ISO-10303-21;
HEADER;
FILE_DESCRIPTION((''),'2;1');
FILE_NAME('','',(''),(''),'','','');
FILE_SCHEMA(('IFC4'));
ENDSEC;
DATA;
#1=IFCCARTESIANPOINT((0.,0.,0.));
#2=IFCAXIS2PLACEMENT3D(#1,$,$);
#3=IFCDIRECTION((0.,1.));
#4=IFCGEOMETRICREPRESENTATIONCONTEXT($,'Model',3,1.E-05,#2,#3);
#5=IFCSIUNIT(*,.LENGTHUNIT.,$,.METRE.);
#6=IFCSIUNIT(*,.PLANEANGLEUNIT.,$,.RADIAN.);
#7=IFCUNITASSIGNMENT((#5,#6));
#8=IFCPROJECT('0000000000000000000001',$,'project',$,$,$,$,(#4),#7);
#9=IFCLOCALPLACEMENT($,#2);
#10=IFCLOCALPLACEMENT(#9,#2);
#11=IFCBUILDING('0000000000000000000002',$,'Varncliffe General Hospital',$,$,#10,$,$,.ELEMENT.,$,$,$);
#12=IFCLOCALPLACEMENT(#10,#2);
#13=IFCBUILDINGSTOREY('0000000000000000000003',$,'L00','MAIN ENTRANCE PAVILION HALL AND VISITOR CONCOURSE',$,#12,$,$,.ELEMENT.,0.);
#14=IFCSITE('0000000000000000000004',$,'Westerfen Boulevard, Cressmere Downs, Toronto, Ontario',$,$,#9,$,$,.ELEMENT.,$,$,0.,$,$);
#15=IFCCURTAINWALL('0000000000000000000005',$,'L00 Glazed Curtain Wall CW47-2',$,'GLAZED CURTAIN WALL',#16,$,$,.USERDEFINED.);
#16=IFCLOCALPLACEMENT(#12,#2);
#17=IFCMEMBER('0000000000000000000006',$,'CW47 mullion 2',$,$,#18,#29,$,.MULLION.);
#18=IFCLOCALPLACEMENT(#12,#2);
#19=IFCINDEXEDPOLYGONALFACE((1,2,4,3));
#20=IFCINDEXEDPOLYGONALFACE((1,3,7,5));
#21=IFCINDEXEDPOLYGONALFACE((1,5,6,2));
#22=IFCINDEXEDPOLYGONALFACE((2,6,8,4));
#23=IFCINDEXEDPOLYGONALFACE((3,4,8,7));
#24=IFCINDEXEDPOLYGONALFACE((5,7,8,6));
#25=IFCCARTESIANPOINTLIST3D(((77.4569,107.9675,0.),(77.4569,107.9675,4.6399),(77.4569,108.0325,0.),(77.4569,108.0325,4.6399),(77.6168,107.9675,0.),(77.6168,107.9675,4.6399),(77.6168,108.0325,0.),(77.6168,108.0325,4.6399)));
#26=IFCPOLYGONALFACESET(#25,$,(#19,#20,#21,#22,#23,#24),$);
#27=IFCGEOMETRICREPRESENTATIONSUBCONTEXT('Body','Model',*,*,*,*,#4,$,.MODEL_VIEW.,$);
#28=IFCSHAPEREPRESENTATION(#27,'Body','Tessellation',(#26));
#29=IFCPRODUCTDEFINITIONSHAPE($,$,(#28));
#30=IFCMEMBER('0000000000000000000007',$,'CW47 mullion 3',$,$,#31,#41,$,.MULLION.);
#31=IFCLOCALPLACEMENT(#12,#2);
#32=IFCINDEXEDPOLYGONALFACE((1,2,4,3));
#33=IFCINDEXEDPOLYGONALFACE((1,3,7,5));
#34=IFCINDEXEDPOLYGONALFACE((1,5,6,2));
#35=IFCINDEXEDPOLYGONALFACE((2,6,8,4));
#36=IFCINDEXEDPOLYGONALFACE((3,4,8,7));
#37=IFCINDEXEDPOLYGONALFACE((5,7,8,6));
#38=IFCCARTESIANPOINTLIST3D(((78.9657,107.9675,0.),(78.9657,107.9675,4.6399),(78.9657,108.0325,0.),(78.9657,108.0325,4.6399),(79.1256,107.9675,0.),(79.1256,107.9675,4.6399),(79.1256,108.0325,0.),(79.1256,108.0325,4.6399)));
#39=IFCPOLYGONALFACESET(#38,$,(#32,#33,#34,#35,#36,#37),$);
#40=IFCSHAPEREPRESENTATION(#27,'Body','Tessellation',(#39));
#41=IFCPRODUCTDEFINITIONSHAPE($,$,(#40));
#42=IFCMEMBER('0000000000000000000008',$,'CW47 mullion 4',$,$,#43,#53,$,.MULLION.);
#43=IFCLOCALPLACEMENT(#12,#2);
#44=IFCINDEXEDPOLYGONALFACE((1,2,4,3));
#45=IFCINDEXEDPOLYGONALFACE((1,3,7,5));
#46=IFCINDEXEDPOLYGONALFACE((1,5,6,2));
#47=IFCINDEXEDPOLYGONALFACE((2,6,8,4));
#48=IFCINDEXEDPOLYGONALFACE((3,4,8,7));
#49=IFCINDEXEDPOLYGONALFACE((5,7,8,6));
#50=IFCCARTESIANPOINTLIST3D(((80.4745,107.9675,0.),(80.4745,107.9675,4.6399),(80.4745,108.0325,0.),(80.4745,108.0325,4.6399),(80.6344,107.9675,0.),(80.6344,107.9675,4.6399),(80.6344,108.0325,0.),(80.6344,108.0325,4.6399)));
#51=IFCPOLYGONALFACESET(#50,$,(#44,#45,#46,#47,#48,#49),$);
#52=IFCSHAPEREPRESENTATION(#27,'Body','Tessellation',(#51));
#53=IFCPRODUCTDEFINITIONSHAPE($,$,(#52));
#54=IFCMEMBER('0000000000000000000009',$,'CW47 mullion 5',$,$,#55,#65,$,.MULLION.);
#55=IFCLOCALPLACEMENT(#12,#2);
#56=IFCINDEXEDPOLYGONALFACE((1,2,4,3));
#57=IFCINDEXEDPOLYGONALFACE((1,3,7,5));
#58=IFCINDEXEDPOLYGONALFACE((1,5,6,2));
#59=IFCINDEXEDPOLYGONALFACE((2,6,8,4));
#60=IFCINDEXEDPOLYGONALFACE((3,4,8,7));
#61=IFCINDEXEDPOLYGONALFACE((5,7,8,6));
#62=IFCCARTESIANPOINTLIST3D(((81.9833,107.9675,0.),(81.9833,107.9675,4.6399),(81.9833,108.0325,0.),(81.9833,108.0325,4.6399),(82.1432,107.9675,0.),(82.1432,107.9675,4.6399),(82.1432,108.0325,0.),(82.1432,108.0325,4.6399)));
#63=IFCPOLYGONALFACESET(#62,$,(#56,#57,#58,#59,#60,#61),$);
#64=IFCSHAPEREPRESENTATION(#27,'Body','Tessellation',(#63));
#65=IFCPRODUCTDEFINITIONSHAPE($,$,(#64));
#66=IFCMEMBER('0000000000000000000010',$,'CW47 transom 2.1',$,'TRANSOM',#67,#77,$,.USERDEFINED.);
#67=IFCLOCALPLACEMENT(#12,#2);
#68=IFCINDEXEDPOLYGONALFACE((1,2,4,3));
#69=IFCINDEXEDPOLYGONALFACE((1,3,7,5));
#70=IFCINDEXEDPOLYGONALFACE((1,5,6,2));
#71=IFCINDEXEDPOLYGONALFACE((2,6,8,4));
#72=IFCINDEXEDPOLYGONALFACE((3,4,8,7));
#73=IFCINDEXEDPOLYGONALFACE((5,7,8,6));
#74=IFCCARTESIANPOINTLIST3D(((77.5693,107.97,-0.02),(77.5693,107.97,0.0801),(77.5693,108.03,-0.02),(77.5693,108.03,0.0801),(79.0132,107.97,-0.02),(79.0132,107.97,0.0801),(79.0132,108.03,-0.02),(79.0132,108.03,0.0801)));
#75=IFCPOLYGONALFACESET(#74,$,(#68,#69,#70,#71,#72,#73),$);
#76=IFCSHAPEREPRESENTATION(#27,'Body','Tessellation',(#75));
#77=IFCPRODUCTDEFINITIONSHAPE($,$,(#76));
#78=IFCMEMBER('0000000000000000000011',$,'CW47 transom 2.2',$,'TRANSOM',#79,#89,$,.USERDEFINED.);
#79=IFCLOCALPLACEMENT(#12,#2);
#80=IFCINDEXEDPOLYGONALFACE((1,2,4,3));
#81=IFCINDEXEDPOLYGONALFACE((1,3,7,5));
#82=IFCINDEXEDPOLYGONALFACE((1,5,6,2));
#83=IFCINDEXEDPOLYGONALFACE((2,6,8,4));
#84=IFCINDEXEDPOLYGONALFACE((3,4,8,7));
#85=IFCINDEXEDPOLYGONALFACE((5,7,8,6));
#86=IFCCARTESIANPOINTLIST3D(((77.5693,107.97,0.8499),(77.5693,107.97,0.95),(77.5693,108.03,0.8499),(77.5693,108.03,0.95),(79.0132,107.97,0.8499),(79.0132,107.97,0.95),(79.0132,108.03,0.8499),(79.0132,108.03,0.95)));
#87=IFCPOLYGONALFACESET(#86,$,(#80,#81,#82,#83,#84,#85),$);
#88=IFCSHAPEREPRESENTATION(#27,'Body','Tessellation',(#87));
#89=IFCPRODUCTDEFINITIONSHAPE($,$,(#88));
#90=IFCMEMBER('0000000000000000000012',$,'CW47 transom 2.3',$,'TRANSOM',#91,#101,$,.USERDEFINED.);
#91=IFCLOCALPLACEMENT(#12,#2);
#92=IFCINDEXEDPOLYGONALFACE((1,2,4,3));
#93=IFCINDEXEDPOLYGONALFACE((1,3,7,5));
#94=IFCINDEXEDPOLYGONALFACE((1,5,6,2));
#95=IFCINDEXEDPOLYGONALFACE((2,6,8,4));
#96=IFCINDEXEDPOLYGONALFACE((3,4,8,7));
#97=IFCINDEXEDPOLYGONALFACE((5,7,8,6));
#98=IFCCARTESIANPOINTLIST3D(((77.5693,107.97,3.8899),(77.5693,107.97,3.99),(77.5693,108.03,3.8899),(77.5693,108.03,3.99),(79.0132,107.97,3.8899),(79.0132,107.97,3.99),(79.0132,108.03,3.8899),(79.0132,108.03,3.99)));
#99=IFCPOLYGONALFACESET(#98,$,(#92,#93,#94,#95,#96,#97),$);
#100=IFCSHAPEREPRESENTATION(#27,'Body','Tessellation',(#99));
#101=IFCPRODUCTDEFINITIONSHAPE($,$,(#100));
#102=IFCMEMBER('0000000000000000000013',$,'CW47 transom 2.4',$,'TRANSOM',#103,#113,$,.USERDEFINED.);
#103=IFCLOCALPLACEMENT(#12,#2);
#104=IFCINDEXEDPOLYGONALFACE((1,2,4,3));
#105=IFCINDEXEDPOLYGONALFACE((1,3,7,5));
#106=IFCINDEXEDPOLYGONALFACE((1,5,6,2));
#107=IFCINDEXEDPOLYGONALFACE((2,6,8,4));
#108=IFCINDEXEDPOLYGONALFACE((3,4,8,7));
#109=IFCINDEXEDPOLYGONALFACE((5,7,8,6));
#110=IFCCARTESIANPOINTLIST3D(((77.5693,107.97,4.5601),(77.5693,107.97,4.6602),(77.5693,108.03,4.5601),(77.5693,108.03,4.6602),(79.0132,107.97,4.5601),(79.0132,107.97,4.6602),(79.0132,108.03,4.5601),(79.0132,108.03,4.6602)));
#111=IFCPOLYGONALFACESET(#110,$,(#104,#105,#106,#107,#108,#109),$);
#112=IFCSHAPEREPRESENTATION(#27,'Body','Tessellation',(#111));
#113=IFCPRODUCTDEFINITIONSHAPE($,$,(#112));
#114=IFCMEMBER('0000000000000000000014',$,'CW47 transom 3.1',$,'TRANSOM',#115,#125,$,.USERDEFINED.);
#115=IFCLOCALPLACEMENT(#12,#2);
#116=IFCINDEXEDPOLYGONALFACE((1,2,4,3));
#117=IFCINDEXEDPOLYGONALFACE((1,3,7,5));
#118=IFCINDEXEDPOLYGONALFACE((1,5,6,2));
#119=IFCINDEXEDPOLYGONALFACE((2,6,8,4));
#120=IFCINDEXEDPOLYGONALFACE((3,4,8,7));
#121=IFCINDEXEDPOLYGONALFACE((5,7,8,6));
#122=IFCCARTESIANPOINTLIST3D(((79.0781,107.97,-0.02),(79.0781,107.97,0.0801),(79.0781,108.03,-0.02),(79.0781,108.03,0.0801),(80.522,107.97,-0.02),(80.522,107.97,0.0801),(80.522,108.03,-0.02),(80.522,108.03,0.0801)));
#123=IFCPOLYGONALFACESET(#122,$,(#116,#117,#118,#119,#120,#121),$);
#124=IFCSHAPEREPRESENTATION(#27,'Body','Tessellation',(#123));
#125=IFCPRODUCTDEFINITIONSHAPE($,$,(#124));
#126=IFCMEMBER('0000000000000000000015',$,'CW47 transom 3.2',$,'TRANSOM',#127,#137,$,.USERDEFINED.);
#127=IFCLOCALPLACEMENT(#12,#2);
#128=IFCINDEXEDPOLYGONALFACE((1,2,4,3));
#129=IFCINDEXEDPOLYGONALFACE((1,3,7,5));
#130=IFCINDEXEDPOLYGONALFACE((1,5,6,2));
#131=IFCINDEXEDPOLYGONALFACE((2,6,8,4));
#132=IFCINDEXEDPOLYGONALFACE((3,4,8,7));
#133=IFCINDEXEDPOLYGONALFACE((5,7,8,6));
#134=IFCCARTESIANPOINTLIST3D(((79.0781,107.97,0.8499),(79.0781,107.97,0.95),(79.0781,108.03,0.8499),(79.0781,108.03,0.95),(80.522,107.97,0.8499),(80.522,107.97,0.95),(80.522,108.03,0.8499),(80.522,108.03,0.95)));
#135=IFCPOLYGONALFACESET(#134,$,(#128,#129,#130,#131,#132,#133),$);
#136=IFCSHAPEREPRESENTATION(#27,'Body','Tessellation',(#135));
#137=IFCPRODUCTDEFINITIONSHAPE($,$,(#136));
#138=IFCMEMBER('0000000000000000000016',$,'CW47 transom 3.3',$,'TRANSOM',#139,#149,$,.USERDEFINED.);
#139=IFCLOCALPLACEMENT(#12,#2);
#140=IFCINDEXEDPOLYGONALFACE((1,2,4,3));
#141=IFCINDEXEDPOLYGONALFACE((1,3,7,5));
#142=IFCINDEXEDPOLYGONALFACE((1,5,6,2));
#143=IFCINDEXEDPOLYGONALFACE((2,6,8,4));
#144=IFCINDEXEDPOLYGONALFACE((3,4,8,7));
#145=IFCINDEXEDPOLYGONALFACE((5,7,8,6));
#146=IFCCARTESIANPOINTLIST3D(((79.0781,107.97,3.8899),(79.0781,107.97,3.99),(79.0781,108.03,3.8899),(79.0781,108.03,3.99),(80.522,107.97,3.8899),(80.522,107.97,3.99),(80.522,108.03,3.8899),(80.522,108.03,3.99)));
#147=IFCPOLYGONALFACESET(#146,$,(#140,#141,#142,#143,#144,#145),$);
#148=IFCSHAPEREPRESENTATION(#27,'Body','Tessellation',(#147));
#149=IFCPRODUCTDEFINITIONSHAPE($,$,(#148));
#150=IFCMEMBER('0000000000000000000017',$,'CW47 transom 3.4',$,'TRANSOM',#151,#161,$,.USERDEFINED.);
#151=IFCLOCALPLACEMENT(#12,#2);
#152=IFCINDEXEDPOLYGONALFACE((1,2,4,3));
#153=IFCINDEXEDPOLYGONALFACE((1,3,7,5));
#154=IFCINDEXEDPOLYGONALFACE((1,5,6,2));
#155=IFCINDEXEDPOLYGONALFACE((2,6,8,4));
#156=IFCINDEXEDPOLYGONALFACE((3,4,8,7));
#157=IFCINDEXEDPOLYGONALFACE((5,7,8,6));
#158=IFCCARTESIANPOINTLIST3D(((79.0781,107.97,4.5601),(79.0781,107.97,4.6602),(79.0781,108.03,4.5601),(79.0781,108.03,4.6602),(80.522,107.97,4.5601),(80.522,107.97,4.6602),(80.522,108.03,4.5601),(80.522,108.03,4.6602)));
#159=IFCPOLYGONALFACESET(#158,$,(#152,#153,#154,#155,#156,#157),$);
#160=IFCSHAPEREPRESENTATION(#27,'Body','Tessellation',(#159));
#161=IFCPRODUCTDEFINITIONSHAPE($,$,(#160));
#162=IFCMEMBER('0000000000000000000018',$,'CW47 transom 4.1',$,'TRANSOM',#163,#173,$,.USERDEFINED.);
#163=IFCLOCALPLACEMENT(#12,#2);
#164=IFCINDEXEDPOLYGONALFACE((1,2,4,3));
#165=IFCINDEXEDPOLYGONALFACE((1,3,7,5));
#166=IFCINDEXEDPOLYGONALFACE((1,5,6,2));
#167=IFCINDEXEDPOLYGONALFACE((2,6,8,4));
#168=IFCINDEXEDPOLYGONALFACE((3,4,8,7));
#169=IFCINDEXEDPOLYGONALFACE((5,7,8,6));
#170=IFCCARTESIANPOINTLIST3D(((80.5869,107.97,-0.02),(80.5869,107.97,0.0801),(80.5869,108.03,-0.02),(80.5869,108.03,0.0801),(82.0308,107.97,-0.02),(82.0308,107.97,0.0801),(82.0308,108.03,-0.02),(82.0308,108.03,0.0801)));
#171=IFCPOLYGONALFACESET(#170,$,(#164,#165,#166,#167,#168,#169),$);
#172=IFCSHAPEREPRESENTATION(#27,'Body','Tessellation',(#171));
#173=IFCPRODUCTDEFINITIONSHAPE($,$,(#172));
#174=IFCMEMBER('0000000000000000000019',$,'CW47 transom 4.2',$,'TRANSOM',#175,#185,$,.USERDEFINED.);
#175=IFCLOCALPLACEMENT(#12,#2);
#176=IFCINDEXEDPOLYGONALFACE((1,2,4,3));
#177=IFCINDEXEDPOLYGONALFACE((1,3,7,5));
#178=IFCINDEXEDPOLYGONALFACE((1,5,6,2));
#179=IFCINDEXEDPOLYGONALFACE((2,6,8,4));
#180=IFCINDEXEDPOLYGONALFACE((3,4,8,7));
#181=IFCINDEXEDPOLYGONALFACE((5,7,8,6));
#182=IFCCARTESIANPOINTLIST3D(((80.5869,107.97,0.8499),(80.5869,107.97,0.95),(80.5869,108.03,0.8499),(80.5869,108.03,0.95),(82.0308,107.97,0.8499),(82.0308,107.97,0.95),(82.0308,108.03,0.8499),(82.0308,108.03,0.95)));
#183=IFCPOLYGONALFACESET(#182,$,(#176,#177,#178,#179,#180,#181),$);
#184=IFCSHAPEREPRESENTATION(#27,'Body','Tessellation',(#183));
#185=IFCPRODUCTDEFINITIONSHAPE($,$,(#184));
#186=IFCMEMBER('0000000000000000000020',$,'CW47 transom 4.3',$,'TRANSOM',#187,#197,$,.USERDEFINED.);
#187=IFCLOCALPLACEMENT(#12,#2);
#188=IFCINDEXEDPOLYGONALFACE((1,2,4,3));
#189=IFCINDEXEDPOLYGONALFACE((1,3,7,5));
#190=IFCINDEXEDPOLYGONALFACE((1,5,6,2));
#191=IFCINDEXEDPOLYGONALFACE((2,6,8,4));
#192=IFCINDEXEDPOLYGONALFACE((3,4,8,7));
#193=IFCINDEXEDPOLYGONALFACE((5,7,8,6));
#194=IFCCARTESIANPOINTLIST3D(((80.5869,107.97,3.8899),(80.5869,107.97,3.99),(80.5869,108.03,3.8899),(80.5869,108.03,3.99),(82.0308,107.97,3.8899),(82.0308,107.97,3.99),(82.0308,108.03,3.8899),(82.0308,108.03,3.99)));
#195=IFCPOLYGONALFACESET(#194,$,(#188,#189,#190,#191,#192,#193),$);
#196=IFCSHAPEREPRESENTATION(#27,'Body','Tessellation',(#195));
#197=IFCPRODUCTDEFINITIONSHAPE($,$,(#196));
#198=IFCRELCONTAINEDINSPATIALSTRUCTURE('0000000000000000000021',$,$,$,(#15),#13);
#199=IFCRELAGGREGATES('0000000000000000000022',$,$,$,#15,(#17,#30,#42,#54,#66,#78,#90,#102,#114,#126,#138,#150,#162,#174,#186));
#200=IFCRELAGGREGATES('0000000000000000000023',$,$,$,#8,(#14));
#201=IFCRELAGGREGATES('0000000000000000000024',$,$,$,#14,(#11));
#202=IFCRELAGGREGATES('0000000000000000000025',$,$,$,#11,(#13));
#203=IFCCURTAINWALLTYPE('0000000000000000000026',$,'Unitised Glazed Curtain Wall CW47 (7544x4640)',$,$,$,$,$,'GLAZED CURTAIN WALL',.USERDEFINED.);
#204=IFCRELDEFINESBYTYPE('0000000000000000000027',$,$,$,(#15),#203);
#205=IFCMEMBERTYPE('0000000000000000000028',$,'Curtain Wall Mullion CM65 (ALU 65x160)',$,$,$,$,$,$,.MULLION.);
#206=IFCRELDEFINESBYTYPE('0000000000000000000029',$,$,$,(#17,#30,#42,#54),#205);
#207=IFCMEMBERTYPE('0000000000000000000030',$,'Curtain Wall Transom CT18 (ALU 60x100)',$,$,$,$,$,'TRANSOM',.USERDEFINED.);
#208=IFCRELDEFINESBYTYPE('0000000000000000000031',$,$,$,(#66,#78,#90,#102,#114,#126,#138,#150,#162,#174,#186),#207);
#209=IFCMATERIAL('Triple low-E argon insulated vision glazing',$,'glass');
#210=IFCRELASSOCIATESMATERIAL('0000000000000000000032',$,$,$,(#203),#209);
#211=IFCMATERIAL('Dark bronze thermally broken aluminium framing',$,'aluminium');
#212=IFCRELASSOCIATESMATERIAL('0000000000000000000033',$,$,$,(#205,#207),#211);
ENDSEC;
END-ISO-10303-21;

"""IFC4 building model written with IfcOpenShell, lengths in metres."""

from ifc_helpers import new_model, si_unit, direction, frame, origin, origin_2d, place, context, subcontext, project, spatial, rectangle, extrude, material, material_profile, profile_set, type_object, element, aggregate, save


model = new_model("IFC4")

# Units and contexts
model_context = context("Model", 3, precision=1e-05, world=origin(), true_north=direction((0.0, 1.0)))
body_context = subcontext(model_context, "Body", "Model", "MODEL_VIEW")
ifc_project = project(units=[si_unit("LENGTHUNIT", "METRE"), si_unit("PLANEANGLEUNIT", "RADIAN")], contexts=[model_context])

# Site, building, storey
site_placement = place(None, origin())
site = spatial("IfcSite", under=ifc_project, at=site_placement, Name="Westerfen Boulevard, Cressmere Downs, Toronto, Ontario", CompositionType="ELEMENT", RefElevation=0.0)
building_placement = place(site_placement, origin())
building = spatial("IfcBuilding", under=site, at=building_placement, Name="Varncliffe General Hospital", CompositionType="ELEMENT")
storey_placement = place(building_placement, origin())
storey = spatial("IfcBuildingStorey", under=building, at=storey_placement, Name="L00", Description="MAIN ENTRANCE PAVILION HALL AND VISITOR CONCOURSE", CompositionType="ELEMENT", Elevation=0.0)

# Curtain wall, members
ifc_material_1 = material(Name="Triple low-E argon insulated vision glazing", Category="glass")
curtain_wall_type = type_object("IfcCurtainWallType", Name="Unitised Glazed Curtain Wall CW47 (7544x4640)", ElementType="GLAZED CURTAIN WALL", PredefinedType="USERDEFINED", material=ifc_material_1)
curtain_wall_placement = place(storey_placement, origin())
curtain_wall = element("IfcCurtainWall", 1, at=curtain_wall_placement, inside=storey, type_object=curtain_wall_type, Name="L00 Glazed Curtain Wall CW47-2", ObjectType="GLAZED CURTAIN WALL", PredefinedType="USERDEFINED")
ifc_material_2 = material(Name="Dark bronze thermally broken aluminium framing", Category="aluminium")
ifc_material_profile_1 = material_profile(ifc_material_2, rectangle(XDim=0.0649, YDim=0.1599, at=origin_2d()), Name="ALU 65x160")
ifc_profile_set_1 = profile_set([ifc_material_profile_1], Name="Dark bronze thermally broken aluminium framing")
member_type_1 = type_object("IfcMemberType", Name="Curtain Wall Mullion CM65 (ALU 65x160)", PredefinedType="MULLION", material=ifc_profile_set_1)
member_1_placement = place(storey_placement, frame((77.5369, 108.0, 0.0), z_axis=(0.0, 0.0, 1.0), x_axis=(0.0, 1.0, 0.0)))
member_1 = element("IfcMember", 2, at=member_1_placement, type_object=member_type_1, Name="CW47 mullion 2", PredefinedType="MULLION", context=body_context, shape_type="SweptSolid", body=[
    extrude(rectangle(XDim=0.0649, YDim=0.1599, at=origin_2d()), origin(), (0.0, 0.0, 1.0), 4.6399),
])
member_2_placement = place(storey_placement, frame((79.0457, 108.0, 0.0), z_axis=(0.0, 0.0, 1.0), x_axis=(0.0, 1.0, 0.0)))
member_2 = element("IfcMember", 3, at=member_2_placement, type_object=member_type_1, Name="CW47 mullion 3", PredefinedType="MULLION", context=body_context, shape_type="SweptSolid", body=[
    extrude(rectangle(XDim=0.0649, YDim=0.1599, at=origin_2d()), origin(), (0.0, 0.0, 1.0), 4.6399),
])
member_3_placement = place(storey_placement, frame((80.5544, 108.0, 0.0), z_axis=(0.0, 0.0, 1.0), x_axis=(0.0, 1.0, 0.0)))
member_3 = element("IfcMember", 4, at=member_3_placement, type_object=member_type_1, Name="CW47 mullion 4", PredefinedType="MULLION", context=body_context, shape_type="SweptSolid", body=[
    extrude(rectangle(XDim=0.0649, YDim=0.1599, at=origin_2d()), origin(), (0.0, 0.0, 1.0), 4.6399),
])
member_4_placement = place(storey_placement, frame((82.0632, 108.0, 0.0), z_axis=(0.0, 0.0, 1.0), x_axis=(0.0, 1.0, 0.0)))
member_4 = element("IfcMember", 5, at=member_4_placement, type_object=member_type_1, Name="CW47 mullion 5", PredefinedType="MULLION", context=body_context, shape_type="SweptSolid", body=[
    extrude(rectangle(XDim=0.0649, YDim=0.1599, at=origin_2d()), origin(), (0.0, 0.0, 1.0), 4.6399),
])
ifc_material_profile_2 = material_profile(ifc_material_2, rectangle(XDim=0.0601, YDim=0.1001, at=origin_2d()), Name="ALU 60x100")
ifc_profile_set_2 = profile_set([ifc_material_profile_2], Name="Dark bronze thermally broken aluminium framing")
member_type_2 = type_object("IfcMemberType", Name="Curtain Wall Transom CT18 (ALU 60x100)", ElementType="TRANSOM", PredefinedType="USERDEFINED", material=ifc_profile_set_2)
member_5_placement = place(storey_placement, frame((77.5693, 108.0, 0.03), z_axis=(1.0, 0.0, 0.0), x_axis=(0.0, 1.0, 0.0)))
member_5 = element("IfcMember", 6, at=member_5_placement, type_object=member_type_2, Name="CW47 transom 2.1", ObjectType="TRANSOM", PredefinedType="USERDEFINED", context=body_context, shape_type="SweptSolid", body=[
    extrude(rectangle(XDim=0.0601, YDim=0.1001, at=origin_2d()), origin(), (0.0, 0.0, 1.0), 1.4438),
])
member_6_placement = place(storey_placement, frame((77.5693, 108.0, 0.8999), z_axis=(1.0, 0.0, 0.0), x_axis=(0.0, 1.0, 0.0)))
member_6 = element("IfcMember", 7, at=member_6_placement, type_object=member_type_2, Name="CW47 transom 2.2", ObjectType="TRANSOM", PredefinedType="USERDEFINED", context=body_context, shape_type="SweptSolid", body=[
    extrude(rectangle(XDim=0.0601, YDim=0.1001, at=origin_2d()), origin(), (0.0, 0.0, 1.0), 1.4438),
])
member_7_placement = place(storey_placement, frame((77.5693, 108.0, 3.9399), z_axis=(1.0, 0.0, 0.0), x_axis=(0.0, 1.0, 0.0)))
member_7 = element("IfcMember", 8, at=member_7_placement, type_object=member_type_2, Name="CW47 transom 2.3", ObjectType="TRANSOM", PredefinedType="USERDEFINED", context=body_context, shape_type="SweptSolid", body=[
    extrude(rectangle(XDim=0.0601, YDim=0.1001, at=origin_2d()), origin(), (0.0, 0.0, 1.0), 1.4438),
])
member_8_placement = place(storey_placement, frame((77.5693, 108.0, 4.6101), z_axis=(1.0, 0.0, 0.0), x_axis=(0.0, 1.0, 0.0)))
member_8 = element("IfcMember", 9, at=member_8_placement, type_object=member_type_2, Name="CW47 transom 2.4", ObjectType="TRANSOM", PredefinedType="USERDEFINED", context=body_context, shape_type="SweptSolid", body=[
    extrude(rectangle(XDim=0.0601, YDim=0.1001, at=origin_2d()), origin(), (0.0, 0.0, 1.0), 1.4438),
])
member_9_placement = place(storey_placement, frame((79.0781, 108.0, 0.03), z_axis=(1.0, 0.0, 0.0), x_axis=(0.0, 1.0, 0.0)))
member_9 = element("IfcMember", 10, at=member_9_placement, type_object=member_type_2, Name="CW47 transom 3.1", ObjectType="TRANSOM", PredefinedType="USERDEFINED", context=body_context, shape_type="SweptSolid", body=[
    extrude(rectangle(XDim=0.0601, YDim=0.1001, at=origin_2d()), origin(), (0.0, 0.0, 1.0), 1.4438),
])
member_10_placement = place(storey_placement, frame((79.0781, 108.0, 0.8999), z_axis=(1.0, 0.0, 0.0), x_axis=(0.0, 1.0, 0.0)))
member_10 = element("IfcMember", 11, at=member_10_placement, type_object=member_type_2, Name="CW47 transom 3.2", ObjectType="TRANSOM", PredefinedType="USERDEFINED", context=body_context, shape_type="SweptSolid", body=[
    extrude(rectangle(XDim=0.0601, YDim=0.1001, at=origin_2d()), origin(), (0.0, 0.0, 1.0), 1.4438),
])
member_11_placement = place(storey_placement, frame((79.0781, 108.0, 3.9399), z_axis=(1.0, 0.0, 0.0), x_axis=(0.0, 1.0, 0.0)))
member_11 = element("IfcMember", 12, at=member_11_placement, type_object=member_type_2, Name="CW47 transom 3.3", ObjectType="TRANSOM", PredefinedType="USERDEFINED", context=body_context, shape_type="SweptSolid", body=[
    extrude(rectangle(XDim=0.0601, YDim=0.1001, at=origin_2d()), origin(), (0.0, 0.0, 1.0), 1.4438),
])
member_12_placement = place(storey_placement, frame((79.0781, 108.0, 4.6101), z_axis=(1.0, 0.0, 0.0), x_axis=(0.0, 1.0, 0.0)))
member_12 = element("IfcMember", 13, at=member_12_placement, type_object=member_type_2, Name="CW47 transom 3.4", ObjectType="TRANSOM", PredefinedType="USERDEFINED", context=body_context, shape_type="SweptSolid", body=[
    extrude(rectangle(XDim=0.0601, YDim=0.1001, at=origin_2d()), origin(), (0.0, 0.0, 1.0), 1.4438),
])
member_13_placement = place(storey_placement, frame((80.5869, 108.0, 0.03), z_axis=(1.0, 0.0, 0.0), x_axis=(0.0, 1.0, 0.0)))
member_13 = element("IfcMember", 14, at=member_13_placement, type_object=member_type_2, Name="CW47 transom 4.1", ObjectType="TRANSOM", PredefinedType="USERDEFINED", context=body_context, shape_type="SweptSolid", body=[
    extrude(rectangle(XDim=0.0601, YDim=0.1001, at=origin_2d()), origin(), (0.0, 0.0, 1.0), 1.4438),
])
member_14_placement = place(storey_placement, frame((80.5869, 108.0, 0.8999), z_axis=(1.0, 0.0, 0.0), x_axis=(0.0, 1.0, 0.0)))
member_14 = element("IfcMember", 15, at=member_14_placement, type_object=member_type_2, Name="CW47 transom 4.2", ObjectType="TRANSOM", PredefinedType="USERDEFINED", context=body_context, shape_type="SweptSolid", body=[
    extrude(rectangle(XDim=0.0601, YDim=0.1001, at=origin_2d()), origin(), (0.0, 0.0, 1.0), 1.4438),
])
member_15_placement = place(storey_placement, frame((80.5869, 108.0, 3.9399), z_axis=(1.0, 0.0, 0.0), x_axis=(0.0, 1.0, 0.0)))
member_15 = element("IfcMember", 16, at=member_15_placement, type_object=member_type_2, Name="CW47 transom 4.3", ObjectType="TRANSOM", PredefinedType="USERDEFINED", context=body_context, shape_type="SweptSolid", body=[
    extrude(rectangle(XDim=0.0601, YDim=0.1001, at=origin_2d()), origin(), (0.0, 0.0, 1.0), 1.4438),
])
aggregate(curtain_wall, [member_1, member_2, member_3, member_4, member_5, member_6, member_7, member_8, member_9, member_10, member_11, member_12, member_13, member_14, member_15])

save(model, "model.ifc")
